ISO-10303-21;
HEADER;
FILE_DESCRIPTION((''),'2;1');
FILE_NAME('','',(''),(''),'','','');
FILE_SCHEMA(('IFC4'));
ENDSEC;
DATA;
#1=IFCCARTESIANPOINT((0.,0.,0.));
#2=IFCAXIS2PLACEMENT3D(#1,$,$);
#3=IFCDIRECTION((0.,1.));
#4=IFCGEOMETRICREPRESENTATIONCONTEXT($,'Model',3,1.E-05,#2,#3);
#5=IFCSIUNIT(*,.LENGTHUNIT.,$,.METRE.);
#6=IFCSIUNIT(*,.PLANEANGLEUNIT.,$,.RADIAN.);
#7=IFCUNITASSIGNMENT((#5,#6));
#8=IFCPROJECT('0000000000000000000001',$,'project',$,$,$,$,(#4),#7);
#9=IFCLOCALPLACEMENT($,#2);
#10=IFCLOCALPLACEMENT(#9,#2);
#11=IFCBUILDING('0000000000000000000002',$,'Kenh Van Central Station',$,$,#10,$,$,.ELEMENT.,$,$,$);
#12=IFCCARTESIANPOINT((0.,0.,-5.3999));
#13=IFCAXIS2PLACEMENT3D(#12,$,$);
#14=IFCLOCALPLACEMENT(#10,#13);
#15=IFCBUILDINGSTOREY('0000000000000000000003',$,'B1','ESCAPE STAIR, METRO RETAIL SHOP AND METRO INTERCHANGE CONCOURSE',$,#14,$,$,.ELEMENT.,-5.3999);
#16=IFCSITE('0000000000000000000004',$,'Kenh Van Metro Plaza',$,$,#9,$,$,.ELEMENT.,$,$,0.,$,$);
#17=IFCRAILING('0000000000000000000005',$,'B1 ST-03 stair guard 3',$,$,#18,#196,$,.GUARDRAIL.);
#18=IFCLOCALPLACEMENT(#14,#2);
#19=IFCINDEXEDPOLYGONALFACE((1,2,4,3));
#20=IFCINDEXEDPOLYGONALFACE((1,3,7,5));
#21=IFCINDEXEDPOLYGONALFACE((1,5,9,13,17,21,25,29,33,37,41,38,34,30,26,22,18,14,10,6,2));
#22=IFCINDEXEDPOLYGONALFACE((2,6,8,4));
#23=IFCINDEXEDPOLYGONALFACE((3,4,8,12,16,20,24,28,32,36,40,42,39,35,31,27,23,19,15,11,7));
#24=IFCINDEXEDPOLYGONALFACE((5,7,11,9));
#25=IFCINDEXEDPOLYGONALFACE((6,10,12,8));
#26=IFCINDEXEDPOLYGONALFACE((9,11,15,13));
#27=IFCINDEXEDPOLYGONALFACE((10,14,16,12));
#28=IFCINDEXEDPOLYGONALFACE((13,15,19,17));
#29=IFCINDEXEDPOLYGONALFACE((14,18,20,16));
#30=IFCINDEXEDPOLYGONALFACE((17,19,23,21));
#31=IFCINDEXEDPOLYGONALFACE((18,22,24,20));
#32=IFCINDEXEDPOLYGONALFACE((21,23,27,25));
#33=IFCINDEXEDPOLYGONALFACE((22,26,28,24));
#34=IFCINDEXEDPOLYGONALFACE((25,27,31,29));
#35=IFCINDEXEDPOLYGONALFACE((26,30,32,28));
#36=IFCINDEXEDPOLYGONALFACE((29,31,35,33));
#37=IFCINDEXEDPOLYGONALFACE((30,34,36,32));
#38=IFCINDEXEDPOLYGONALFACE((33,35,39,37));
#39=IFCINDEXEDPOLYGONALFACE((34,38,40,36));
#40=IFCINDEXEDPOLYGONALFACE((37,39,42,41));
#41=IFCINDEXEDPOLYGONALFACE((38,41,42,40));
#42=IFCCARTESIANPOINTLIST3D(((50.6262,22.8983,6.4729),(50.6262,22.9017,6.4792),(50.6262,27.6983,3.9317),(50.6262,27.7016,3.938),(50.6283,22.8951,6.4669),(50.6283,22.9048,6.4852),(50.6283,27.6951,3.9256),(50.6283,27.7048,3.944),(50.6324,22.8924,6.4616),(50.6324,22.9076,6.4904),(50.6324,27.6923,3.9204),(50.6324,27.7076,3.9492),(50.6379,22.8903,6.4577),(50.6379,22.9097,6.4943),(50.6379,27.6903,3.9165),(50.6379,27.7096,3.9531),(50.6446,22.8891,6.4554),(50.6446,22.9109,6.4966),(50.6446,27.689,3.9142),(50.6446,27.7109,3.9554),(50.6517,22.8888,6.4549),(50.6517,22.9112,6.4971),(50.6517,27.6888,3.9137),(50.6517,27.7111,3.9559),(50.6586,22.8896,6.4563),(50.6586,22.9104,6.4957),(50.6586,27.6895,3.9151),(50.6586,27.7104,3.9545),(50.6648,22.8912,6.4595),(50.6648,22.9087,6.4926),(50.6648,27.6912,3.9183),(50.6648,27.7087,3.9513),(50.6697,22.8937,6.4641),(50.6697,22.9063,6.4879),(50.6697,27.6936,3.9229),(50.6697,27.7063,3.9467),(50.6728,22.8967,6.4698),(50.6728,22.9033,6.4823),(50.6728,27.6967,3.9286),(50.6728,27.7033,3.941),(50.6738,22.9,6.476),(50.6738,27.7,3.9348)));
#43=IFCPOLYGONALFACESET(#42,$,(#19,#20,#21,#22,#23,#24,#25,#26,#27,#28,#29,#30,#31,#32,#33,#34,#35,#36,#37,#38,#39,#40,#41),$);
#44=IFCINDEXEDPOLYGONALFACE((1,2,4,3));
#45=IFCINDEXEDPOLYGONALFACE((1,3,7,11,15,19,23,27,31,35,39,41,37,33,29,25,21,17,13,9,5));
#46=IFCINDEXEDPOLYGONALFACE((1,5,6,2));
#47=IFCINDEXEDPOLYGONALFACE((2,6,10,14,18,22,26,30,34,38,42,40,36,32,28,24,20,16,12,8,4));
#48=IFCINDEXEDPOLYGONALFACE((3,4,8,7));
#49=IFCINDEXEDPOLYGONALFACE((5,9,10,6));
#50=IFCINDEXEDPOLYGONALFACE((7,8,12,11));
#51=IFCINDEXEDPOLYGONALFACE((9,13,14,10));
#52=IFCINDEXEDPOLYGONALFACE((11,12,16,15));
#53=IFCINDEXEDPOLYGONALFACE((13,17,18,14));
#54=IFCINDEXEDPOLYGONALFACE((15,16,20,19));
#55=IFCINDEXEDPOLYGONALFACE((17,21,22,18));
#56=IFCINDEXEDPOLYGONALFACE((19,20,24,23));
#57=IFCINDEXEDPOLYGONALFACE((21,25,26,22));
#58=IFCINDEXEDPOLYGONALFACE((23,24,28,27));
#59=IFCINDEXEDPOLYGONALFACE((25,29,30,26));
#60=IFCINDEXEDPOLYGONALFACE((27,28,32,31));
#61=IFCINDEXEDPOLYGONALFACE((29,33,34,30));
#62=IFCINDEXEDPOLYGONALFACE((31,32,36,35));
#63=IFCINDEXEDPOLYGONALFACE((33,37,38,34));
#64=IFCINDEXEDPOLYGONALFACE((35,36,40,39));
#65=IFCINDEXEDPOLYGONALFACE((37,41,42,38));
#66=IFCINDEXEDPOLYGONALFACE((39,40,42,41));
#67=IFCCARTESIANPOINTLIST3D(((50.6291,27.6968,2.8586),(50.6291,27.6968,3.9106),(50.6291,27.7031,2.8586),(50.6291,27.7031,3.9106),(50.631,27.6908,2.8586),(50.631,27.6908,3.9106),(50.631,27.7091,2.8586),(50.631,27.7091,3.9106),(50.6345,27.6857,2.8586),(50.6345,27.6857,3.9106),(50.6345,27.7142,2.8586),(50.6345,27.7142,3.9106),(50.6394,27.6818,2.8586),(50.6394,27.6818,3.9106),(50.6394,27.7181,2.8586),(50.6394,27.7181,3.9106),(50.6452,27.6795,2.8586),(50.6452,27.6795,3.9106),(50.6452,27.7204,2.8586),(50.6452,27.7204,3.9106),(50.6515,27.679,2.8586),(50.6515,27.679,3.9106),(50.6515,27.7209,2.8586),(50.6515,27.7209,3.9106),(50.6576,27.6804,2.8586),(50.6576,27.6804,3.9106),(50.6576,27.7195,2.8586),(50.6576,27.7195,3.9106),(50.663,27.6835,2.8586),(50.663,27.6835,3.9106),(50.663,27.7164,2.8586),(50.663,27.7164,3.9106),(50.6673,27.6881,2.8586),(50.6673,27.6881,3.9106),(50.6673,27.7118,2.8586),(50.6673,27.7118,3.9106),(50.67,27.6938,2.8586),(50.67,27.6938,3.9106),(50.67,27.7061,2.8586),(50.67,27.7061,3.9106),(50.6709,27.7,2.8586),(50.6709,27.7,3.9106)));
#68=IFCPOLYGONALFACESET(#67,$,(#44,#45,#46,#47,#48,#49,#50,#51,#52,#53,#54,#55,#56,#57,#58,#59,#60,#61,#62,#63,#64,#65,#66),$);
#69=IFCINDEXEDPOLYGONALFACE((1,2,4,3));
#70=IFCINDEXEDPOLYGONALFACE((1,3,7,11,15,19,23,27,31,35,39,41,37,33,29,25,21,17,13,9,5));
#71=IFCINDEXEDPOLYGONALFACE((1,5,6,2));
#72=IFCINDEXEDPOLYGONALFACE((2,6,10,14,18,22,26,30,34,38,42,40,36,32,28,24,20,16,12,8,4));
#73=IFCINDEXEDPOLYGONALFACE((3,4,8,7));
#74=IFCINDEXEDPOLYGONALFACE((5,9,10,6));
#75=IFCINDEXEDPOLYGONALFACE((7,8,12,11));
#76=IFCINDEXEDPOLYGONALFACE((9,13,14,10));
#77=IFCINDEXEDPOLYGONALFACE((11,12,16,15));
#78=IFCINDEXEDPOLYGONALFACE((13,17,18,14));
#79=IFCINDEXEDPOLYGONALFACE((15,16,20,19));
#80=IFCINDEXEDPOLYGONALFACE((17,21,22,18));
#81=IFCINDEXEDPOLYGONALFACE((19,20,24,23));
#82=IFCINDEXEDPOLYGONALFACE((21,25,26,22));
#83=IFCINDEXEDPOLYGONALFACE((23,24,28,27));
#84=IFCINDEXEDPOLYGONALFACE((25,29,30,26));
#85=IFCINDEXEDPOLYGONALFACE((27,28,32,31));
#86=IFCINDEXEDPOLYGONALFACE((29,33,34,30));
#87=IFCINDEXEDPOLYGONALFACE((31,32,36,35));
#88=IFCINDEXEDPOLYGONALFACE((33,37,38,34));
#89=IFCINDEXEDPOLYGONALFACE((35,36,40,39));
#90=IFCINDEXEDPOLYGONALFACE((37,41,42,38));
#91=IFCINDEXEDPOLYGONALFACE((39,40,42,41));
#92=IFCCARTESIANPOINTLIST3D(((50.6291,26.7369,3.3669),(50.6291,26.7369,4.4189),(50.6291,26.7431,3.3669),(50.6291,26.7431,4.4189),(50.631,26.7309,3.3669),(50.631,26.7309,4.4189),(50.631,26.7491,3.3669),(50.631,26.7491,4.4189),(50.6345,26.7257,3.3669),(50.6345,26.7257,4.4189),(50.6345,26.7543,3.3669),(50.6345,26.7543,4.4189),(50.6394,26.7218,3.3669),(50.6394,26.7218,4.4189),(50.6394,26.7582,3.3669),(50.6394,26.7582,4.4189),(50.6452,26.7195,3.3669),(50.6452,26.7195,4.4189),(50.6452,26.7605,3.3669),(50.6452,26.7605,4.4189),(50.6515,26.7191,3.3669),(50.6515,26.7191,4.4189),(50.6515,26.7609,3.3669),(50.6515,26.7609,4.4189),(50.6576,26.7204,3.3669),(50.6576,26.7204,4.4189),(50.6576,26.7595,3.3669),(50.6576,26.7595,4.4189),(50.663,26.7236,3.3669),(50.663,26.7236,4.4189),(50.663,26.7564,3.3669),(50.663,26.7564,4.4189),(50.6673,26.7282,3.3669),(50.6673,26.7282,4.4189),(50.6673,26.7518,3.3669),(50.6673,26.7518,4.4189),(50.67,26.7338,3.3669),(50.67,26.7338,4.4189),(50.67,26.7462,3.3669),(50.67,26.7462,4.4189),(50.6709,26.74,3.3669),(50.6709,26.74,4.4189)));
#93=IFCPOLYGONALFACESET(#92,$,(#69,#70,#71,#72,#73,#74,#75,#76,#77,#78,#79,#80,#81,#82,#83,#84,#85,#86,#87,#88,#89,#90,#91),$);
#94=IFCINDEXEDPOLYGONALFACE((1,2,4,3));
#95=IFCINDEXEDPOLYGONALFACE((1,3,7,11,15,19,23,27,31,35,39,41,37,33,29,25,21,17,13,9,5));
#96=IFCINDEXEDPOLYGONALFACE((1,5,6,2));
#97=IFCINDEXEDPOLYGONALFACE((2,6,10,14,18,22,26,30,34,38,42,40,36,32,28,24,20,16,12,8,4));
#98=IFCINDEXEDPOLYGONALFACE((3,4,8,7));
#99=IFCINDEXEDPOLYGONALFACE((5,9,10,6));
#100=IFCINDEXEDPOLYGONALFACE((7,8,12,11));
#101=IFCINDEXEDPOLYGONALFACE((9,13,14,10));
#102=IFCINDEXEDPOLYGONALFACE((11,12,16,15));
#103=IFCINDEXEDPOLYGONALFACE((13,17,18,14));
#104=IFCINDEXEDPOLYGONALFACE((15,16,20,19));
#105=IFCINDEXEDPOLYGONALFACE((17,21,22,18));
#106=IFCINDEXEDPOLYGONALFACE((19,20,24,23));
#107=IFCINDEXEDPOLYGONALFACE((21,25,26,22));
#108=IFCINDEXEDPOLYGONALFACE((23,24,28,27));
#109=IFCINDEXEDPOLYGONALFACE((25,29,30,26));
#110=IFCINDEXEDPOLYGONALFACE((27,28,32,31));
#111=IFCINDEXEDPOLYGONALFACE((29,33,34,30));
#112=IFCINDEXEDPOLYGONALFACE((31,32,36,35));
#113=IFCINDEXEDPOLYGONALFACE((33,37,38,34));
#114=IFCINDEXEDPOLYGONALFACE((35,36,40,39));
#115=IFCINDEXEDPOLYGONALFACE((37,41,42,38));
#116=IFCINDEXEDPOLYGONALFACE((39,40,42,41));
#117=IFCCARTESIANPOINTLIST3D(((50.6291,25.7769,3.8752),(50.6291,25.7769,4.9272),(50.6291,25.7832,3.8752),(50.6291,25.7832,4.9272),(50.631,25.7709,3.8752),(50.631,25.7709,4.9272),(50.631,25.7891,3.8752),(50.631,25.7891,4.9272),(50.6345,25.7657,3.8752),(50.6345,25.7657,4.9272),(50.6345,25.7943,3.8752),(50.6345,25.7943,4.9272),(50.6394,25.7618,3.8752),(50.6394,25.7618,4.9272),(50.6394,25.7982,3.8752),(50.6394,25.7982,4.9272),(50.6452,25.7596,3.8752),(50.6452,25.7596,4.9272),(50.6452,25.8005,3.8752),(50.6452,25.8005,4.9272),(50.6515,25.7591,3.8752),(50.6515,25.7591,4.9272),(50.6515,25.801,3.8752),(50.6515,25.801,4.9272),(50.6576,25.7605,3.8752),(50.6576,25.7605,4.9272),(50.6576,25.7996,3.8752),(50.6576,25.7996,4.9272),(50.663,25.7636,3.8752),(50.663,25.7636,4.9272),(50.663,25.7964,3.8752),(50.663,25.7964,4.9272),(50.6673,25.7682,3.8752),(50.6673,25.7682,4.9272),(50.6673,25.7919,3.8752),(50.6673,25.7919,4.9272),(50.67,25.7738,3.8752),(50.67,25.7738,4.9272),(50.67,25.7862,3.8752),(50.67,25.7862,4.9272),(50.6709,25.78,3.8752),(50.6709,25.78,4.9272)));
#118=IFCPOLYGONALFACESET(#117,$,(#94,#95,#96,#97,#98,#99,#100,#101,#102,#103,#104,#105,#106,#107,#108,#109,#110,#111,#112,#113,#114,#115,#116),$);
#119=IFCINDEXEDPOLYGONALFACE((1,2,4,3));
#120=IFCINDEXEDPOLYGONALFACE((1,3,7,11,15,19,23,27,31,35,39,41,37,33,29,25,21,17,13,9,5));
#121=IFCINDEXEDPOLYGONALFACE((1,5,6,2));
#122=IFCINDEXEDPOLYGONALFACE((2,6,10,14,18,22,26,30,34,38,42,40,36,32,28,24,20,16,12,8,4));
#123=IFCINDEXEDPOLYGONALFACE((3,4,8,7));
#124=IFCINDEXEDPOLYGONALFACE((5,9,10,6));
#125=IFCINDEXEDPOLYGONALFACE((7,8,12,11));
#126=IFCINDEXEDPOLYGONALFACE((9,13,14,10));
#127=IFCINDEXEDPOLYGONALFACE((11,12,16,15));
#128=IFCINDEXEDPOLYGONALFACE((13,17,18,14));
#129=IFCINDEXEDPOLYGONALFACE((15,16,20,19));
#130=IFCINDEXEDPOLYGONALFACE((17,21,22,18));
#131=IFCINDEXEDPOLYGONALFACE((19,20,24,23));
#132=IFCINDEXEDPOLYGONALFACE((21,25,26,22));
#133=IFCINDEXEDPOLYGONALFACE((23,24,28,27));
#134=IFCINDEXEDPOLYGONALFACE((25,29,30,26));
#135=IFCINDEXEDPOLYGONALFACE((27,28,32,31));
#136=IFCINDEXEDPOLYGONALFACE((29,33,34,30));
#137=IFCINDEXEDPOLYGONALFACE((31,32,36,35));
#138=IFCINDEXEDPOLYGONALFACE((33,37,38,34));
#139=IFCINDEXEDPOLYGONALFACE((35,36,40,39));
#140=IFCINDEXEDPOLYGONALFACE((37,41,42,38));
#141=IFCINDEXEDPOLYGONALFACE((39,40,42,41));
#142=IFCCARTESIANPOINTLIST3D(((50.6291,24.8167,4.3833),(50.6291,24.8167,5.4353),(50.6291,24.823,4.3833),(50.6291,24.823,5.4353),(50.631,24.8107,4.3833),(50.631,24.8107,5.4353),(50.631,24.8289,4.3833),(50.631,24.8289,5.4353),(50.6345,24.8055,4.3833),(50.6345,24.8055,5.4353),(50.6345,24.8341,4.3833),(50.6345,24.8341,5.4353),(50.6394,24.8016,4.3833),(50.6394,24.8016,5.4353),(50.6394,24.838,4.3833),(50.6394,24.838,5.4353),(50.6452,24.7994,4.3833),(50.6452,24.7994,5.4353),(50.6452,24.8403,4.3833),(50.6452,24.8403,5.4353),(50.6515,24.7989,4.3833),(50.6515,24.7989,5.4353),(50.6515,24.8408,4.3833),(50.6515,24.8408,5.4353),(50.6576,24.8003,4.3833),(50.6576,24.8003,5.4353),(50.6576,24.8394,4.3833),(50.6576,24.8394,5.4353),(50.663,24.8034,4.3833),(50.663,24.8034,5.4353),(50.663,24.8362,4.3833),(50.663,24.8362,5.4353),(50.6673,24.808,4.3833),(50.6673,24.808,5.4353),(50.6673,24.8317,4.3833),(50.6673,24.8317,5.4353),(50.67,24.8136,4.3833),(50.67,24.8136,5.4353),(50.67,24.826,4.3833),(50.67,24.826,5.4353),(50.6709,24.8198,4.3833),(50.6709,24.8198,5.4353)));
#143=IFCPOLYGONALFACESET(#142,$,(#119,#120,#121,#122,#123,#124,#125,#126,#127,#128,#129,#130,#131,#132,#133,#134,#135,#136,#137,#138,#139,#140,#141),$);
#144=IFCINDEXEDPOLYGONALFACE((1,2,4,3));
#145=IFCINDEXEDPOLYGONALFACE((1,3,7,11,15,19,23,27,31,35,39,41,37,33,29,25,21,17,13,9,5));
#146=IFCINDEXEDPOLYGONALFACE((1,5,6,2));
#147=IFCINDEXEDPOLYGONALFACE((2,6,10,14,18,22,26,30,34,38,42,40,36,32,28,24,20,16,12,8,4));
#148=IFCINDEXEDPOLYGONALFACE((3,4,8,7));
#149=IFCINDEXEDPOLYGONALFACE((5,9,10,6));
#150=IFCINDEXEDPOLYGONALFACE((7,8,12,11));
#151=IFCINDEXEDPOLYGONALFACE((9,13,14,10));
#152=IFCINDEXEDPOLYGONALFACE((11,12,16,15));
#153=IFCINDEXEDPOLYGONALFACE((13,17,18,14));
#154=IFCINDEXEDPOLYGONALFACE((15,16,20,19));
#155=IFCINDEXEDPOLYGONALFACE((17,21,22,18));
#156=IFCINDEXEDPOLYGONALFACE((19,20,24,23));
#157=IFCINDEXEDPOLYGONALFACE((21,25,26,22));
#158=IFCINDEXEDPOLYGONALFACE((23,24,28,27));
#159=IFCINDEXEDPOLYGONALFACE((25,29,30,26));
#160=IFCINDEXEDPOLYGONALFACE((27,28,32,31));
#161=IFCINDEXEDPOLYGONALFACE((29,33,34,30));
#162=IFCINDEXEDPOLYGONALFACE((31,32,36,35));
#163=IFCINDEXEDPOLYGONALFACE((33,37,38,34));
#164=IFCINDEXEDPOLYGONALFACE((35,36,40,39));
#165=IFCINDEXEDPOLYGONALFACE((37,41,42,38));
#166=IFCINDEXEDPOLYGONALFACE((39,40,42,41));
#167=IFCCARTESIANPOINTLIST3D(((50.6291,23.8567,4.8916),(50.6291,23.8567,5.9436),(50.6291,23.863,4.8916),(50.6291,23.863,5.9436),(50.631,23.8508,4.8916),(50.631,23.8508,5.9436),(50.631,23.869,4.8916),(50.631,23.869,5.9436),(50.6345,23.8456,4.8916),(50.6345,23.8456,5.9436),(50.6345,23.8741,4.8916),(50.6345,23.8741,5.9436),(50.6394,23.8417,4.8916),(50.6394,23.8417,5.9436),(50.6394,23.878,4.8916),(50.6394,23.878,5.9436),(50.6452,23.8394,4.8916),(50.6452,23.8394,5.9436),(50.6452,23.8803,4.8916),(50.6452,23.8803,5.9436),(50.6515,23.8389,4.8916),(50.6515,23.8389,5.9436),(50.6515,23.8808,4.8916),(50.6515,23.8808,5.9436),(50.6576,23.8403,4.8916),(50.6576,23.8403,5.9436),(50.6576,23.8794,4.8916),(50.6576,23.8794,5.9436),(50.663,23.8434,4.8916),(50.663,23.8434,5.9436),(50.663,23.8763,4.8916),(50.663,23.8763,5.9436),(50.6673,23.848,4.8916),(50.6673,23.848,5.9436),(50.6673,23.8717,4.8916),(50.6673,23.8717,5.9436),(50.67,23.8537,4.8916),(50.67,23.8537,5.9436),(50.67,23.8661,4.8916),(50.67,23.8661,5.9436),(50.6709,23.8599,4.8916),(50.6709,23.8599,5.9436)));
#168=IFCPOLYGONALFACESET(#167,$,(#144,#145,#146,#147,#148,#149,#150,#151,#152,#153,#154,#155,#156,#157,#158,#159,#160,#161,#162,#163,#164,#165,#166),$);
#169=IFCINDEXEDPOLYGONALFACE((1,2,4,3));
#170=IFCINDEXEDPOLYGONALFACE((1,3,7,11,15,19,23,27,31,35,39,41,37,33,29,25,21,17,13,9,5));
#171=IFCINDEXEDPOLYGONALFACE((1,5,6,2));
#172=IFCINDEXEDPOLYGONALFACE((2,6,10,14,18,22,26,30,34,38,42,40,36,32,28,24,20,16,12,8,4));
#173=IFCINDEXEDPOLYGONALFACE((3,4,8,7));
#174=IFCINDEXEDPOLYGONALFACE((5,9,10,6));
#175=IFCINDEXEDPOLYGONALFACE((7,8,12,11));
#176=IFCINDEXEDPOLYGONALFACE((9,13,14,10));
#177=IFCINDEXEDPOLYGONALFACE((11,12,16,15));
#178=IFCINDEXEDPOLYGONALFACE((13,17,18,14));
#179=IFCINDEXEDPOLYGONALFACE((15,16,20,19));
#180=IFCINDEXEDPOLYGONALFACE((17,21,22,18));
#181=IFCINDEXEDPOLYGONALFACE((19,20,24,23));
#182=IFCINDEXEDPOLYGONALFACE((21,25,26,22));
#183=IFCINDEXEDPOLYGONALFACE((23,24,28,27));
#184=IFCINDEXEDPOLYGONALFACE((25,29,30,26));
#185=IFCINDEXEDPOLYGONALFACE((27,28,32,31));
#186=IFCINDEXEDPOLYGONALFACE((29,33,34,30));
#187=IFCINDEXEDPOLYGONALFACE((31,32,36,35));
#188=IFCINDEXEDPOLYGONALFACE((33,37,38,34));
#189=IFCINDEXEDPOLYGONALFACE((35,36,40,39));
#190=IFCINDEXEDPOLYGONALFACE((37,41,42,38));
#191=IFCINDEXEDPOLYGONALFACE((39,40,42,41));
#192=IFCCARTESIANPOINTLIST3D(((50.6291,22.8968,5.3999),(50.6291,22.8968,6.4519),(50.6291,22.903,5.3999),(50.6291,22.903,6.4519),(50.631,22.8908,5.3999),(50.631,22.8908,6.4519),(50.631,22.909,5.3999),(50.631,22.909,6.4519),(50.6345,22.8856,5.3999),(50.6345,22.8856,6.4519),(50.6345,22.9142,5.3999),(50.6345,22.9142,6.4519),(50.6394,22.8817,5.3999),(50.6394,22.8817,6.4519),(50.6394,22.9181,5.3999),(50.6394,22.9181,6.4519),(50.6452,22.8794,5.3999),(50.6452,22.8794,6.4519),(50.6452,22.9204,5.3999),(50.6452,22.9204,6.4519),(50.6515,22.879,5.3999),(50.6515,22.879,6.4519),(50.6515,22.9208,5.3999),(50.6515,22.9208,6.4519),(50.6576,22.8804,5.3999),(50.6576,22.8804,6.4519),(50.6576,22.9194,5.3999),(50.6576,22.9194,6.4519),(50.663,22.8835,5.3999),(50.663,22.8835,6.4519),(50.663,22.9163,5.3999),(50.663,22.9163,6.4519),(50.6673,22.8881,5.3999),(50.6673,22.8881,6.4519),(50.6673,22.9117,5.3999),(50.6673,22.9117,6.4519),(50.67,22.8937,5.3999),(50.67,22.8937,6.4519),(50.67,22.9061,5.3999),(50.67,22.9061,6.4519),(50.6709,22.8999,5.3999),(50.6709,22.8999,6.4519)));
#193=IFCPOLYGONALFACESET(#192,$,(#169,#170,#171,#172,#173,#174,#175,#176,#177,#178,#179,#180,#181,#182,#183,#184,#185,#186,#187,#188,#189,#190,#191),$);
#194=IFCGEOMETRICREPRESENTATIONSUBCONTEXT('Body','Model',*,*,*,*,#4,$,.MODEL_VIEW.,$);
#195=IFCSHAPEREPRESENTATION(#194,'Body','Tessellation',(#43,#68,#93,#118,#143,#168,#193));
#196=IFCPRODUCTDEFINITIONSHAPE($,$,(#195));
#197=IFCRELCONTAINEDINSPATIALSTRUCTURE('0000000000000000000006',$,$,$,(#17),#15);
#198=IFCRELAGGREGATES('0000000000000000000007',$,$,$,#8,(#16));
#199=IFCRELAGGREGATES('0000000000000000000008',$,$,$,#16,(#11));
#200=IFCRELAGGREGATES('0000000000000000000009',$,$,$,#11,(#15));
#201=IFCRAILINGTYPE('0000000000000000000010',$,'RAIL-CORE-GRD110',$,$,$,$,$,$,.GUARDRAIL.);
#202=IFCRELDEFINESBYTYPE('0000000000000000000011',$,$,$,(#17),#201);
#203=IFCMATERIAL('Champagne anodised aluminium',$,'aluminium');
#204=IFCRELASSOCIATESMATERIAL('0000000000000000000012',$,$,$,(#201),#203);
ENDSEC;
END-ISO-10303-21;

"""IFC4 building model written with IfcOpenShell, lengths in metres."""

from ifc_helpers import new_model, si_unit, direction, frame, origin, origin_2d, place, context, subcontext, project, spatial, circle, extrude, material, type_object, element, save


model = new_model("IFC4")

# Units and contexts
model_context = context("Model", 3, precision=1e-05, world=origin(), true_north=direction((0.0, 1.0)))
body_context = subcontext(model_context, "Body", "Model", "MODEL_VIEW")
ifc_project = project(units=[si_unit("LENGTHUNIT", "METRE"), si_unit("PLANEANGLEUNIT", "RADIAN")], contexts=[model_context])

# Site, building, storey
site_placement = place(None, origin())
site = spatial("IfcSite", under=ifc_project, at=site_placement, Name="Kenh Van Metro Plaza", CompositionType="ELEMENT", RefElevation=0.0)
building_placement = place(site_placement, origin())
building = spatial("IfcBuilding", under=site, at=building_placement, Name="Kenh Van Central Station", CompositionType="ELEMENT")
storey_placement = place(building_placement, frame((0.0, 0.0, -5.3999)))
storey = spatial("IfcBuildingStorey", under=building, at=storey_placement, Name="B1", Description="ESCAPE STAIR, METRO RETAIL SHOP AND METRO INTERCHANGE CONCOURSE", CompositionType="ELEMENT", Elevation=-5.3999)

# Shared definitions
ifc_material_1 = material(Name="Champagne anodised aluminium", Category="aluminium")

# Railing
railing_type_1 = type_object("IfcRailingType", Name="RAIL-CORE-GRD110", PredefinedType="GUARDRAIL", material=ifc_material_1)
railing_1_placement = place(storey_placement, frame((50.6499, 27.7, 2.8586)))
element("IfcRailing", 1, at=railing_1_placement, inside=storey, type_object=railing_type_1, Name="B1 ST-03 stair guard 3", PredefinedType="GUARDRAIL", context=body_context, shape_type="SweptSolid", body=[
    extrude(circle(Radius=0.0239, at=origin_2d()), frame((0.0, 0.0, 1.0762), z_axis=(0.0, -0.883784, 0.467896), x_axis=(1.0, 0.0, 0.0)), (0.0, 0.0, 1.0), 5.4312),
    extrude(circle(Radius=0.021, at=origin_2d()), origin(), (0.0, 0.0, 1.0), 1.052),
    extrude(circle(Radius=0.021, at=origin_2d()), frame((0.0, -0.96, 0.5083)), (0.0, 0.0, 1.0), 1.052),
    extrude(circle(Radius=0.021, at=origin_2d()), frame((0.0, -1.9199, 1.0166)), (0.0, 0.0, 1.0), 1.052),
    extrude(circle(Radius=0.021, at=origin_2d()), frame((0.0, -2.8801, 1.5247)), (0.0, 0.0, 1.0), 1.052),
    extrude(circle(Radius=0.021, at=origin_2d()), frame((0.0, -3.8401, 2.033)), (0.0, 0.0, 1.0), 1.052),
    extrude(circle(Radius=0.021, at=origin_2d()), frame((0.0, -4.8, 2.5413)), (0.0, 0.0, 1.0), 1.052),
])

save(model, "model.ifc")
